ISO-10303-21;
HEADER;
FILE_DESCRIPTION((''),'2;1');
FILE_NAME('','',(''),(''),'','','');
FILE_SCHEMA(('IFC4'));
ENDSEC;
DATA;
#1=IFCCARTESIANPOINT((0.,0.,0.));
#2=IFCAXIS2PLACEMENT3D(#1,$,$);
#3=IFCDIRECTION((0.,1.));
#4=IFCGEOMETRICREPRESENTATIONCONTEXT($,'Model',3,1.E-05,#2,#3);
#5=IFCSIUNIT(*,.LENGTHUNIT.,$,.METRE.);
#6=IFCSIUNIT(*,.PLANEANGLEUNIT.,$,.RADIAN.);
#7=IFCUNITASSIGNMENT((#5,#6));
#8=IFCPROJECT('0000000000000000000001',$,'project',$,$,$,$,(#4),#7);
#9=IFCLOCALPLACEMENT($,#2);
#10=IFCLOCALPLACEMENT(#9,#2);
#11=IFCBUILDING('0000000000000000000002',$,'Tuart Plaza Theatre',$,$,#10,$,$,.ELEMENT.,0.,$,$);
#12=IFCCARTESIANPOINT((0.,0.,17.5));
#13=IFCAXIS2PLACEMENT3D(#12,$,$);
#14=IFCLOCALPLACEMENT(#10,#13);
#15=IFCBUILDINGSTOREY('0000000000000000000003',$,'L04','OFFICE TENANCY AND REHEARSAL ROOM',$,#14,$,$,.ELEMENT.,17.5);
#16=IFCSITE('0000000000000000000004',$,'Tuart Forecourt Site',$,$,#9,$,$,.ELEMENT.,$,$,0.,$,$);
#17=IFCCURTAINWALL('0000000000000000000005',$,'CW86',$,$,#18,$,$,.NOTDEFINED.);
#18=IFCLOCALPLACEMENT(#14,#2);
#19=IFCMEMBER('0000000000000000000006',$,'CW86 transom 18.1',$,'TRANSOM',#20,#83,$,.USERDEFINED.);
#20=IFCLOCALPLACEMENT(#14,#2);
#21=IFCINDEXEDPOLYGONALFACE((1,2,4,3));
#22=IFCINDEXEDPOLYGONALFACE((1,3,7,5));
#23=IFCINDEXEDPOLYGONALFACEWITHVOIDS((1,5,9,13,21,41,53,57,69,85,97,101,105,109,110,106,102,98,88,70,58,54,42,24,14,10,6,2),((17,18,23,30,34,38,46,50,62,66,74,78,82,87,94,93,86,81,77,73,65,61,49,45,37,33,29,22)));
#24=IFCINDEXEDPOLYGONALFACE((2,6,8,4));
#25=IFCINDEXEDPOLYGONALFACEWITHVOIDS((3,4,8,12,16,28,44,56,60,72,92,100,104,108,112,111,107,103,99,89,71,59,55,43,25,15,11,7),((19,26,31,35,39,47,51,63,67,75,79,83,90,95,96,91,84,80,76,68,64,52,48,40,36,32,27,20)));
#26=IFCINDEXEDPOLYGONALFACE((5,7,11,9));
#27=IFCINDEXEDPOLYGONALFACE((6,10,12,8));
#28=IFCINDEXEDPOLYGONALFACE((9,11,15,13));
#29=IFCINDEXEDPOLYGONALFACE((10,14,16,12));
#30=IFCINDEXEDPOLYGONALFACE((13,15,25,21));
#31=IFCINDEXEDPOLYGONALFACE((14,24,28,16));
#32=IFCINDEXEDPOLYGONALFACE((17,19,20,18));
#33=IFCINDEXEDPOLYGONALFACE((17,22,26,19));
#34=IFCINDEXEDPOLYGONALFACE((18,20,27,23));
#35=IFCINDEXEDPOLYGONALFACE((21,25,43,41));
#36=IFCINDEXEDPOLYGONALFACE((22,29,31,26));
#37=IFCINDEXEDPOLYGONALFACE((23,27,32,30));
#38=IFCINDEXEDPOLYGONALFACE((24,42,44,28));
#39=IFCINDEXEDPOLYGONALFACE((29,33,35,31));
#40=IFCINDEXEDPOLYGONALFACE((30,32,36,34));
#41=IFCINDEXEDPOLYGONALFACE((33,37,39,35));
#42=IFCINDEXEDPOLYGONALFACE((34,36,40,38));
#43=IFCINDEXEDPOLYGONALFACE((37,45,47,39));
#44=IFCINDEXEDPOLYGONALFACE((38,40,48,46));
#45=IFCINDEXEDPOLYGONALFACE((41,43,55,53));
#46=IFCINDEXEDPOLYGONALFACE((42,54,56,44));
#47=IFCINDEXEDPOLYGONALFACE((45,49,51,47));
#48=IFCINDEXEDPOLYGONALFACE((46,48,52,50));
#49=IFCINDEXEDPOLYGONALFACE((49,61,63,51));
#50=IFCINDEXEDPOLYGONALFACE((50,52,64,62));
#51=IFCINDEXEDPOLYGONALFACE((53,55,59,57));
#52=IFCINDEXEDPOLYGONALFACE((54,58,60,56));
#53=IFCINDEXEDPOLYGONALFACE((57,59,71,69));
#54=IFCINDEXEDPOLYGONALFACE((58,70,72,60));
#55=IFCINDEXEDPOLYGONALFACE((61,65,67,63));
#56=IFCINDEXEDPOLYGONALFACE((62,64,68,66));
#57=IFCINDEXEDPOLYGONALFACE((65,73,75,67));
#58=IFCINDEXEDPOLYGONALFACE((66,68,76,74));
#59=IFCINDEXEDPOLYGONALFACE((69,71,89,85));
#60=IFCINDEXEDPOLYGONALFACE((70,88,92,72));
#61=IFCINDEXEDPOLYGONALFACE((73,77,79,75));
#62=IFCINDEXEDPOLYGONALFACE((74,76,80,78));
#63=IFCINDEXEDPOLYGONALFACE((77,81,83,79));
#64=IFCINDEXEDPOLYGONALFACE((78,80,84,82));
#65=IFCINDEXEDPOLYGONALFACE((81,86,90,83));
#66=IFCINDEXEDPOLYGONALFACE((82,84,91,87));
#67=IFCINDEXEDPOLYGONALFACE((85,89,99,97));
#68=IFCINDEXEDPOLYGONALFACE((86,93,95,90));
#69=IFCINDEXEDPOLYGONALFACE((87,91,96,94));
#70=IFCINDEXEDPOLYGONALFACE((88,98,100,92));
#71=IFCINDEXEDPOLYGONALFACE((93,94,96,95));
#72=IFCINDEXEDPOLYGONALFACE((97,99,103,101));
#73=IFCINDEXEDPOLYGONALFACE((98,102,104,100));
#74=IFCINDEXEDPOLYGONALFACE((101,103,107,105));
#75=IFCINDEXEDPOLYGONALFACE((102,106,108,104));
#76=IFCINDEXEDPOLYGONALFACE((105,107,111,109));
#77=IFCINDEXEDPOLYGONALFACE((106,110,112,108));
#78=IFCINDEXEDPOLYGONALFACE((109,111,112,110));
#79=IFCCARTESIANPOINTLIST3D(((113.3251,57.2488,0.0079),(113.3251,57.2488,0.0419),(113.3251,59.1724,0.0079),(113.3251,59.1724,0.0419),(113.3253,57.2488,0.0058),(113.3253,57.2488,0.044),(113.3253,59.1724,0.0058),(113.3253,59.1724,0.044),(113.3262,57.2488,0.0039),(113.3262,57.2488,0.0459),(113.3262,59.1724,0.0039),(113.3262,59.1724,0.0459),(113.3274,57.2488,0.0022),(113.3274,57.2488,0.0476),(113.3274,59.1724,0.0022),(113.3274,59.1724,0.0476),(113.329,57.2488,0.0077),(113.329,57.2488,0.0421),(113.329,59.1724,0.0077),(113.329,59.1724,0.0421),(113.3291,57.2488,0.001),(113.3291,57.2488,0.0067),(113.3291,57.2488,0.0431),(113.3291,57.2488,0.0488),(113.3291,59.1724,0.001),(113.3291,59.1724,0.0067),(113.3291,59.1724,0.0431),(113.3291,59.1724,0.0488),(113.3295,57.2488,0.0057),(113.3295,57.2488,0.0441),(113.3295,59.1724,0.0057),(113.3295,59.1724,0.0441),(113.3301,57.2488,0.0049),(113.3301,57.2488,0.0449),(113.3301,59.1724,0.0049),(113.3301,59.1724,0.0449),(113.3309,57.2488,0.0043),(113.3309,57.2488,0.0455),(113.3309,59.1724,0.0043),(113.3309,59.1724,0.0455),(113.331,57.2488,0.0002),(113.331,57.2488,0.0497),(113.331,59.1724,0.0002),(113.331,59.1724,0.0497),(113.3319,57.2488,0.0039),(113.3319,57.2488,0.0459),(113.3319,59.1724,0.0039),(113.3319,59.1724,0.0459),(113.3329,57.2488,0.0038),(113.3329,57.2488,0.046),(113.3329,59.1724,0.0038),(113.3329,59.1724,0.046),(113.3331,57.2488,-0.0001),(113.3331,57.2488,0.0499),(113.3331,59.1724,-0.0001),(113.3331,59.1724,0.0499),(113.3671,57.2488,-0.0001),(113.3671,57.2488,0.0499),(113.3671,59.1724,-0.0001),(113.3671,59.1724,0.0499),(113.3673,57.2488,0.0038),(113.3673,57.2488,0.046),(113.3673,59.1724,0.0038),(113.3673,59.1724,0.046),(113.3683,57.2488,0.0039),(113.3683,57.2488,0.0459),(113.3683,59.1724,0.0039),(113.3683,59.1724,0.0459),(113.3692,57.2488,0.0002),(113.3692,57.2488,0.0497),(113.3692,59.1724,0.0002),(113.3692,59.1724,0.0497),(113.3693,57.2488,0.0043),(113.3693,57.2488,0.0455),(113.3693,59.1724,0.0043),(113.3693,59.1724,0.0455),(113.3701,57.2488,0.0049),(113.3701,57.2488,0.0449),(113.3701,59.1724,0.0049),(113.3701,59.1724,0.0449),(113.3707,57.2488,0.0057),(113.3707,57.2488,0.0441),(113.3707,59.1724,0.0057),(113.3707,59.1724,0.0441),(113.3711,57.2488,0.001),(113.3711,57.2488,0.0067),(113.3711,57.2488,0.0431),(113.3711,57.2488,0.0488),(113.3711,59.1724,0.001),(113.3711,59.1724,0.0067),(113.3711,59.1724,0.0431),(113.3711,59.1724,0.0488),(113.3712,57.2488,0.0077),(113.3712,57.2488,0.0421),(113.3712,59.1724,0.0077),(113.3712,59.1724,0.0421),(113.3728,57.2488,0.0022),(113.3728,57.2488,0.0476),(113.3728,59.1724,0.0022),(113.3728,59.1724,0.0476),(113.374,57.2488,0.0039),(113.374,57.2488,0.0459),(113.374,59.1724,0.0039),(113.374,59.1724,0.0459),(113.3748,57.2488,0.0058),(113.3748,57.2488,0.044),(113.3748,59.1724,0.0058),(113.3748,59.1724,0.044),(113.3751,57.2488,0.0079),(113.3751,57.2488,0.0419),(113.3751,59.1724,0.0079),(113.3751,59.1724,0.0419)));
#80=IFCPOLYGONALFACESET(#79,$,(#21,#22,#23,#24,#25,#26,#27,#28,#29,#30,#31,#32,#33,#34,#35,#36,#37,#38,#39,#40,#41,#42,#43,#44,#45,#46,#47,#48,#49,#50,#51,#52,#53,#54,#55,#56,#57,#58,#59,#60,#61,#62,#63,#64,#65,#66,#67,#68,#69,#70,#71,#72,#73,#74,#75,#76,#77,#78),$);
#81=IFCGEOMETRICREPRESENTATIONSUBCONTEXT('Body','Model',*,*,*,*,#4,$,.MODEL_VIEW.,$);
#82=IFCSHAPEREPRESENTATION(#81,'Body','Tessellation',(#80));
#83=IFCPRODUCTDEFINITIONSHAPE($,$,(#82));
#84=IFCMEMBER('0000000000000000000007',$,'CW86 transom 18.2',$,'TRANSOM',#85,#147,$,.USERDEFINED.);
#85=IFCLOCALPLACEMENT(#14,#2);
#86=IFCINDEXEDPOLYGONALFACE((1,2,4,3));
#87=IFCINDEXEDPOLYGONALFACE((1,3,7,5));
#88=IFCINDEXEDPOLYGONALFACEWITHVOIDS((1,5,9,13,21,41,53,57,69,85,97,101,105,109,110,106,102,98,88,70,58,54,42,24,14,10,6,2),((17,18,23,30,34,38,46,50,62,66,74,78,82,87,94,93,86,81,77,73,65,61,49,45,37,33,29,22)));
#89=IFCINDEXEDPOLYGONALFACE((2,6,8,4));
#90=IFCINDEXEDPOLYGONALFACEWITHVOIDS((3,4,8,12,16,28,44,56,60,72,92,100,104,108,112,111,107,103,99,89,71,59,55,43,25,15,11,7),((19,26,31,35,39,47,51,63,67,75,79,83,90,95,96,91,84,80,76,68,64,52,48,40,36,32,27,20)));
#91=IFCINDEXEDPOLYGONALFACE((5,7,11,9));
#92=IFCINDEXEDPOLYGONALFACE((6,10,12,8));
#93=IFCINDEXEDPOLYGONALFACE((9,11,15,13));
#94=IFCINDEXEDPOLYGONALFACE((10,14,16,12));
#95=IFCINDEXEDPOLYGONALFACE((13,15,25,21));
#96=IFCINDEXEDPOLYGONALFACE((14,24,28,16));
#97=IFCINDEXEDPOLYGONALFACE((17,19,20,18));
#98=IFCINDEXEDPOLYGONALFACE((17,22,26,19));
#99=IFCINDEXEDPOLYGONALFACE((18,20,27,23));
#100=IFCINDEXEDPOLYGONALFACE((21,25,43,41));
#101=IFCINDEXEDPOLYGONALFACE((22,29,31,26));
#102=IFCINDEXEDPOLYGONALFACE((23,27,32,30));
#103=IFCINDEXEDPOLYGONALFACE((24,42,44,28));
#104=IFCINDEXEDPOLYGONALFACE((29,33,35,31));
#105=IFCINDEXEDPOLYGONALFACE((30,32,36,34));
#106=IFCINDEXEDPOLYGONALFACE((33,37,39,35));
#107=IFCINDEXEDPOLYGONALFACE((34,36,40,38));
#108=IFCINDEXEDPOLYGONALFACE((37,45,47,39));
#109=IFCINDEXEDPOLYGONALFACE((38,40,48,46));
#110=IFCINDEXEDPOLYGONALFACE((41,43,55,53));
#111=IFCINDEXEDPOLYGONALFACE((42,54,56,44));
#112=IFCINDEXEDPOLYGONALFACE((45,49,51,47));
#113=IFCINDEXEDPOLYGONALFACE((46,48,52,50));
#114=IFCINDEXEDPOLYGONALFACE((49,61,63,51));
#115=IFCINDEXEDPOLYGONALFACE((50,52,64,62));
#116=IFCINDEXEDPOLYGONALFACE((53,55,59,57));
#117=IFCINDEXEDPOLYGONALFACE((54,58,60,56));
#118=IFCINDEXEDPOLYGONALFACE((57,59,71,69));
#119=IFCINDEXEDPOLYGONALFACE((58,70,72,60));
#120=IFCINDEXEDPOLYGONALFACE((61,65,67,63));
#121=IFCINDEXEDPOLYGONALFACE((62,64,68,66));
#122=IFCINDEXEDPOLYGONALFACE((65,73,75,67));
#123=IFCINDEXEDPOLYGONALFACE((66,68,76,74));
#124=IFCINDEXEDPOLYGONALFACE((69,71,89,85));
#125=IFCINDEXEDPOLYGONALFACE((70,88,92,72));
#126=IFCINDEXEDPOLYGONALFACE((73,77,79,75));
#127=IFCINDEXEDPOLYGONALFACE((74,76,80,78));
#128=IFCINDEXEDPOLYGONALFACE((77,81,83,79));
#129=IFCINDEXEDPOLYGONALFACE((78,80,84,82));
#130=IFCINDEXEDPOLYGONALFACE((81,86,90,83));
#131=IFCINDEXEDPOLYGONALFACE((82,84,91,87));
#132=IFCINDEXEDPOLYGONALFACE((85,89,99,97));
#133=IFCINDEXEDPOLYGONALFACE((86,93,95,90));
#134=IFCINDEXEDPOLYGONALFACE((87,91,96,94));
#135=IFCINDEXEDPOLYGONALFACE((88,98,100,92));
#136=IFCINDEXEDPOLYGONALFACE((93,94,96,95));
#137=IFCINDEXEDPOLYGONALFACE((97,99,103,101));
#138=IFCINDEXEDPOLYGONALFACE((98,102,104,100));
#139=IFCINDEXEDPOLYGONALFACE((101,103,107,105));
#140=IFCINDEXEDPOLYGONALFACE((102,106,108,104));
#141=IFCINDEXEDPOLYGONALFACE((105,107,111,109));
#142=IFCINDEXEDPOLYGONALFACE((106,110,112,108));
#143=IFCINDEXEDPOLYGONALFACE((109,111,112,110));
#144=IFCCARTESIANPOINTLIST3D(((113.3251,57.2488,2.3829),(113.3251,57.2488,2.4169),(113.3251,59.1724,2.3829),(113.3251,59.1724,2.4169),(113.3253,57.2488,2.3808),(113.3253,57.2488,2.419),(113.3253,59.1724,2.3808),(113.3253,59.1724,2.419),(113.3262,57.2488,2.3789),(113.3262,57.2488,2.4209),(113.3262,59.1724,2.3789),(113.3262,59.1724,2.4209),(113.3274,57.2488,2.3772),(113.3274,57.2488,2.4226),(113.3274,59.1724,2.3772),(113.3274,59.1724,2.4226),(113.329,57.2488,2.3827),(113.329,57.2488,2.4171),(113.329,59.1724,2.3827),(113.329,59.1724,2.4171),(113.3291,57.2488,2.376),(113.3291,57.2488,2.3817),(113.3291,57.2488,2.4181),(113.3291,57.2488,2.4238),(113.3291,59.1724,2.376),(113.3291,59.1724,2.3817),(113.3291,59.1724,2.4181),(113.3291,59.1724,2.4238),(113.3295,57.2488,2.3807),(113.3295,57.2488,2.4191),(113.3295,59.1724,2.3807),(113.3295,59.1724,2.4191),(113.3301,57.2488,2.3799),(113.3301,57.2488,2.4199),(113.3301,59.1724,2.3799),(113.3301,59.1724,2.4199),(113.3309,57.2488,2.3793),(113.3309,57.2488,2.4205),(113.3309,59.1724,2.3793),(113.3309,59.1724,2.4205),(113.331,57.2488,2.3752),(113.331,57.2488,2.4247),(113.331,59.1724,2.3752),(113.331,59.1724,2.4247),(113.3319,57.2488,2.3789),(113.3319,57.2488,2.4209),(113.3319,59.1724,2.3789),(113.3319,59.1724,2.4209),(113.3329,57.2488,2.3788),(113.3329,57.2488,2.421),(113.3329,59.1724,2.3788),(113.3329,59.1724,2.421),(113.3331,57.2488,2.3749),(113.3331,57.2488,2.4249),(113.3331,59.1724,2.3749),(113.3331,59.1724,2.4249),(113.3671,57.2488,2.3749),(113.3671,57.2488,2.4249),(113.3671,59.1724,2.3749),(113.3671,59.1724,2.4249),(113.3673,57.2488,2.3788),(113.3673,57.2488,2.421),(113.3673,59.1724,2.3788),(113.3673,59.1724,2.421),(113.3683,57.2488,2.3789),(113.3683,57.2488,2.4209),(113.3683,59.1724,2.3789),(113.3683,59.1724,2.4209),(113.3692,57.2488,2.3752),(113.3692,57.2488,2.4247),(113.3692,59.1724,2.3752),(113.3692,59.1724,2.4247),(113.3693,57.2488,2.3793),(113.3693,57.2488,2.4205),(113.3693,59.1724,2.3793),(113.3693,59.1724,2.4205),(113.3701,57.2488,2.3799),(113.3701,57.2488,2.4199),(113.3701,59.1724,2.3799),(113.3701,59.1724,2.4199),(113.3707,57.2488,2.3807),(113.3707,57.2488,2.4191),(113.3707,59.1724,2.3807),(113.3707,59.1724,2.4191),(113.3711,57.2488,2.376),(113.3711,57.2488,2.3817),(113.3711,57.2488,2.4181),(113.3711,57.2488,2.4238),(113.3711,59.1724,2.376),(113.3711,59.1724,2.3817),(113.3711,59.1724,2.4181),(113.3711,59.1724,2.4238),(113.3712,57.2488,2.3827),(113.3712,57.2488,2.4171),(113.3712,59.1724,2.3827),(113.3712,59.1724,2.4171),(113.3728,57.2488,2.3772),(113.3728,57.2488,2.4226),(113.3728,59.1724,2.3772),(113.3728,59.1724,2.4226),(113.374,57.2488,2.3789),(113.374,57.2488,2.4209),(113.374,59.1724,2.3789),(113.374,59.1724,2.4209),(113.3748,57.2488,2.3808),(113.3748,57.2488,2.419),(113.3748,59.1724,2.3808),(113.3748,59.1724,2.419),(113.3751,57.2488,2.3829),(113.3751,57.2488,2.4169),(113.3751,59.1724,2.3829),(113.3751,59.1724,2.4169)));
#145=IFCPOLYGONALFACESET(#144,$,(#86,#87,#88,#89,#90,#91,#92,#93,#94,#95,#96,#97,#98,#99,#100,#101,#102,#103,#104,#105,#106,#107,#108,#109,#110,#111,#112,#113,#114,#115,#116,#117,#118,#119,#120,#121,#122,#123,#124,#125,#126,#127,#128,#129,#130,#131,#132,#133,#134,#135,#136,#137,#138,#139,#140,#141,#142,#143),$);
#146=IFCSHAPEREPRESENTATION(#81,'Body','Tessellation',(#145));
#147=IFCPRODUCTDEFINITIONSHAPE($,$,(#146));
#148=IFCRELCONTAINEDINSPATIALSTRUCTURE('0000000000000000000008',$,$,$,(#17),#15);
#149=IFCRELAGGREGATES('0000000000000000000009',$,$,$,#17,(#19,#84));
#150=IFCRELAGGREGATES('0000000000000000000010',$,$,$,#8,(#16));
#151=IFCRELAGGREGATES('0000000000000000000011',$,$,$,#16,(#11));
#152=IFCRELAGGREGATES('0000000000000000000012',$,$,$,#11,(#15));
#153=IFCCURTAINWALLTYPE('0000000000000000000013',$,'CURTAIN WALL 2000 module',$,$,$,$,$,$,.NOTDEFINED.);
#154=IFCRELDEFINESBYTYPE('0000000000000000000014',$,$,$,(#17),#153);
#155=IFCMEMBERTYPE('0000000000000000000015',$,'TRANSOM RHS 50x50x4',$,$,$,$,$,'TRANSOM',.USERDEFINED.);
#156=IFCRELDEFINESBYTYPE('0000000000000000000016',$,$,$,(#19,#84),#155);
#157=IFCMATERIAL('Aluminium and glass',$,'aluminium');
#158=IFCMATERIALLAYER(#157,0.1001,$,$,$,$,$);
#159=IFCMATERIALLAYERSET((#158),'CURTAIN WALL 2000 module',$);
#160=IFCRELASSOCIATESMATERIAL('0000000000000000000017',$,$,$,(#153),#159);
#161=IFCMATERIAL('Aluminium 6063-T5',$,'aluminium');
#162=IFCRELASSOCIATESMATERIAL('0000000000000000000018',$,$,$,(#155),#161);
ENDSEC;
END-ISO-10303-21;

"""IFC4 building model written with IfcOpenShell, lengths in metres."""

from ifc_helpers import new_model, si_unit, direction, frame, origin, origin_2d, place, context, subcontext, project, spatial, hollow_rectangle, extrude, material, layer, layer_set, material_profile, profile_set, type_object, element, aggregate, save


model = new_model("IFC4")

# Units and contexts
model_context = context("Model", 3, precision=1e-05, world=origin(), true_north=direction((0.0, 1.0)))
body_context = subcontext(model_context, "Body", "Model", "MODEL_VIEW")
ifc_project = project(units=[si_unit("LENGTHUNIT", "METRE"), si_unit("PLANEANGLEUNIT", "RADIAN")], contexts=[model_context])

# Site, building, storey
site_placement = place(None, origin())
site = spatial("IfcSite", under=ifc_project, at=site_placement, Name="Tuart Forecourt Site", CompositionType="ELEMENT", RefElevation=0.0)
building_placement = place(site_placement, origin())
building = spatial("IfcBuilding", under=site, at=building_placement, Name="Tuart Plaza Theatre", CompositionType="ELEMENT", ElevationOfRefHeight=0.0)
storey_placement = place(building_placement, frame((0.0, 0.0, 17.5)))
storey = spatial("IfcBuildingStorey", under=building, at=storey_placement, Name="L04", Description="OFFICE TENANCY AND REHEARSAL ROOM", CompositionType="ELEMENT", Elevation=17.5)

# Shared definitions
ifc_material_1 = material(Name="Aluminium and glass", Category="aluminium")
ifc_layer_1 = layer(ifc_material_1, 0.1001)
ifc_layer_set_1 = layer_set([ifc_layer_1], Name="CURTAIN WALL 2000 module")
curtain_wall_type = type_object("IfcCurtainWallType", Name="CURTAIN WALL 2000 module", PredefinedType="NOTDEFINED", material=ifc_layer_set_1)

# Curtain wall, members
curtain_wall_1_placement = place(storey_placement, origin())
curtain_wall_1 = element("IfcCurtainWall", 1, at=curtain_wall_1_placement, inside=storey, type_object=curtain_wall_type, Name="CW86", PredefinedType="NOTDEFINED")
ifc_material_2 = material(Name="Aluminium 6063-T5", Category="aluminium")
ifc_material_profile_1 = material_profile(ifc_material_2, hollow_rectangle(XDim=0.05, YDim=0.05, WallThickness=0.0039, InnerFilletRadius=0.0039, OuterFilletRadius=0.0081, at=origin_2d()), Name="RHS 50x50x4")
ifc_profile_set_1 = profile_set([ifc_material_profile_1], Name="Aluminium 6063-T5")
member_type_1 = type_object("IfcMemberType", Name="TRANSOM RHS 50x50x4", ElementType="TRANSOM", PredefinedType="USERDEFINED", material=ifc_profile_set_1)
member_1_placement = place(storey_placement, frame((113.3501, 59.1724, 0.0249), z_axis=(0.0, -1.0, 0.0), x_axis=(1.0, 0.0, 0.0)))
member_1 = element("IfcMember", 2, at=member_1_placement, type_object=member_type_1, Name="CW86 transom 18.1", ObjectType="TRANSOM", PredefinedType="USERDEFINED", context=body_context, shape_type="SweptSolid", body=[
    extrude(hollow_rectangle(XDim=0.05, YDim=0.05, WallThickness=0.0039, InnerFilletRadius=0.0039, OuterFilletRadius=0.0081, at=origin_2d()), origin(), (0.0, 0.0, 1.0), 1.9236),
])
member_2_placement = place(storey_placement, frame((113.3501, 59.1724, 2.3999), z_axis=(0.0, -1.0, 0.0), x_axis=(1.0, 0.0, 0.0)))
member_2 = element("IfcMember", 3, at=member_2_placement, type_object=member_type_1, Name="CW86 transom 18.2", ObjectType="TRANSOM", PredefinedType="USERDEFINED", context=body_context, shape_type="SweptSolid", body=[
    extrude(hollow_rectangle(XDim=0.05, YDim=0.05, WallThickness=0.0039, InnerFilletRadius=0.0039, OuterFilletRadius=0.0081, at=origin_2d()), origin(), (0.0, 0.0, 1.0), 1.9236),
])

aggregate(curtain_wall_1, [member_1, member_2])

save(model, "model.ifc")
